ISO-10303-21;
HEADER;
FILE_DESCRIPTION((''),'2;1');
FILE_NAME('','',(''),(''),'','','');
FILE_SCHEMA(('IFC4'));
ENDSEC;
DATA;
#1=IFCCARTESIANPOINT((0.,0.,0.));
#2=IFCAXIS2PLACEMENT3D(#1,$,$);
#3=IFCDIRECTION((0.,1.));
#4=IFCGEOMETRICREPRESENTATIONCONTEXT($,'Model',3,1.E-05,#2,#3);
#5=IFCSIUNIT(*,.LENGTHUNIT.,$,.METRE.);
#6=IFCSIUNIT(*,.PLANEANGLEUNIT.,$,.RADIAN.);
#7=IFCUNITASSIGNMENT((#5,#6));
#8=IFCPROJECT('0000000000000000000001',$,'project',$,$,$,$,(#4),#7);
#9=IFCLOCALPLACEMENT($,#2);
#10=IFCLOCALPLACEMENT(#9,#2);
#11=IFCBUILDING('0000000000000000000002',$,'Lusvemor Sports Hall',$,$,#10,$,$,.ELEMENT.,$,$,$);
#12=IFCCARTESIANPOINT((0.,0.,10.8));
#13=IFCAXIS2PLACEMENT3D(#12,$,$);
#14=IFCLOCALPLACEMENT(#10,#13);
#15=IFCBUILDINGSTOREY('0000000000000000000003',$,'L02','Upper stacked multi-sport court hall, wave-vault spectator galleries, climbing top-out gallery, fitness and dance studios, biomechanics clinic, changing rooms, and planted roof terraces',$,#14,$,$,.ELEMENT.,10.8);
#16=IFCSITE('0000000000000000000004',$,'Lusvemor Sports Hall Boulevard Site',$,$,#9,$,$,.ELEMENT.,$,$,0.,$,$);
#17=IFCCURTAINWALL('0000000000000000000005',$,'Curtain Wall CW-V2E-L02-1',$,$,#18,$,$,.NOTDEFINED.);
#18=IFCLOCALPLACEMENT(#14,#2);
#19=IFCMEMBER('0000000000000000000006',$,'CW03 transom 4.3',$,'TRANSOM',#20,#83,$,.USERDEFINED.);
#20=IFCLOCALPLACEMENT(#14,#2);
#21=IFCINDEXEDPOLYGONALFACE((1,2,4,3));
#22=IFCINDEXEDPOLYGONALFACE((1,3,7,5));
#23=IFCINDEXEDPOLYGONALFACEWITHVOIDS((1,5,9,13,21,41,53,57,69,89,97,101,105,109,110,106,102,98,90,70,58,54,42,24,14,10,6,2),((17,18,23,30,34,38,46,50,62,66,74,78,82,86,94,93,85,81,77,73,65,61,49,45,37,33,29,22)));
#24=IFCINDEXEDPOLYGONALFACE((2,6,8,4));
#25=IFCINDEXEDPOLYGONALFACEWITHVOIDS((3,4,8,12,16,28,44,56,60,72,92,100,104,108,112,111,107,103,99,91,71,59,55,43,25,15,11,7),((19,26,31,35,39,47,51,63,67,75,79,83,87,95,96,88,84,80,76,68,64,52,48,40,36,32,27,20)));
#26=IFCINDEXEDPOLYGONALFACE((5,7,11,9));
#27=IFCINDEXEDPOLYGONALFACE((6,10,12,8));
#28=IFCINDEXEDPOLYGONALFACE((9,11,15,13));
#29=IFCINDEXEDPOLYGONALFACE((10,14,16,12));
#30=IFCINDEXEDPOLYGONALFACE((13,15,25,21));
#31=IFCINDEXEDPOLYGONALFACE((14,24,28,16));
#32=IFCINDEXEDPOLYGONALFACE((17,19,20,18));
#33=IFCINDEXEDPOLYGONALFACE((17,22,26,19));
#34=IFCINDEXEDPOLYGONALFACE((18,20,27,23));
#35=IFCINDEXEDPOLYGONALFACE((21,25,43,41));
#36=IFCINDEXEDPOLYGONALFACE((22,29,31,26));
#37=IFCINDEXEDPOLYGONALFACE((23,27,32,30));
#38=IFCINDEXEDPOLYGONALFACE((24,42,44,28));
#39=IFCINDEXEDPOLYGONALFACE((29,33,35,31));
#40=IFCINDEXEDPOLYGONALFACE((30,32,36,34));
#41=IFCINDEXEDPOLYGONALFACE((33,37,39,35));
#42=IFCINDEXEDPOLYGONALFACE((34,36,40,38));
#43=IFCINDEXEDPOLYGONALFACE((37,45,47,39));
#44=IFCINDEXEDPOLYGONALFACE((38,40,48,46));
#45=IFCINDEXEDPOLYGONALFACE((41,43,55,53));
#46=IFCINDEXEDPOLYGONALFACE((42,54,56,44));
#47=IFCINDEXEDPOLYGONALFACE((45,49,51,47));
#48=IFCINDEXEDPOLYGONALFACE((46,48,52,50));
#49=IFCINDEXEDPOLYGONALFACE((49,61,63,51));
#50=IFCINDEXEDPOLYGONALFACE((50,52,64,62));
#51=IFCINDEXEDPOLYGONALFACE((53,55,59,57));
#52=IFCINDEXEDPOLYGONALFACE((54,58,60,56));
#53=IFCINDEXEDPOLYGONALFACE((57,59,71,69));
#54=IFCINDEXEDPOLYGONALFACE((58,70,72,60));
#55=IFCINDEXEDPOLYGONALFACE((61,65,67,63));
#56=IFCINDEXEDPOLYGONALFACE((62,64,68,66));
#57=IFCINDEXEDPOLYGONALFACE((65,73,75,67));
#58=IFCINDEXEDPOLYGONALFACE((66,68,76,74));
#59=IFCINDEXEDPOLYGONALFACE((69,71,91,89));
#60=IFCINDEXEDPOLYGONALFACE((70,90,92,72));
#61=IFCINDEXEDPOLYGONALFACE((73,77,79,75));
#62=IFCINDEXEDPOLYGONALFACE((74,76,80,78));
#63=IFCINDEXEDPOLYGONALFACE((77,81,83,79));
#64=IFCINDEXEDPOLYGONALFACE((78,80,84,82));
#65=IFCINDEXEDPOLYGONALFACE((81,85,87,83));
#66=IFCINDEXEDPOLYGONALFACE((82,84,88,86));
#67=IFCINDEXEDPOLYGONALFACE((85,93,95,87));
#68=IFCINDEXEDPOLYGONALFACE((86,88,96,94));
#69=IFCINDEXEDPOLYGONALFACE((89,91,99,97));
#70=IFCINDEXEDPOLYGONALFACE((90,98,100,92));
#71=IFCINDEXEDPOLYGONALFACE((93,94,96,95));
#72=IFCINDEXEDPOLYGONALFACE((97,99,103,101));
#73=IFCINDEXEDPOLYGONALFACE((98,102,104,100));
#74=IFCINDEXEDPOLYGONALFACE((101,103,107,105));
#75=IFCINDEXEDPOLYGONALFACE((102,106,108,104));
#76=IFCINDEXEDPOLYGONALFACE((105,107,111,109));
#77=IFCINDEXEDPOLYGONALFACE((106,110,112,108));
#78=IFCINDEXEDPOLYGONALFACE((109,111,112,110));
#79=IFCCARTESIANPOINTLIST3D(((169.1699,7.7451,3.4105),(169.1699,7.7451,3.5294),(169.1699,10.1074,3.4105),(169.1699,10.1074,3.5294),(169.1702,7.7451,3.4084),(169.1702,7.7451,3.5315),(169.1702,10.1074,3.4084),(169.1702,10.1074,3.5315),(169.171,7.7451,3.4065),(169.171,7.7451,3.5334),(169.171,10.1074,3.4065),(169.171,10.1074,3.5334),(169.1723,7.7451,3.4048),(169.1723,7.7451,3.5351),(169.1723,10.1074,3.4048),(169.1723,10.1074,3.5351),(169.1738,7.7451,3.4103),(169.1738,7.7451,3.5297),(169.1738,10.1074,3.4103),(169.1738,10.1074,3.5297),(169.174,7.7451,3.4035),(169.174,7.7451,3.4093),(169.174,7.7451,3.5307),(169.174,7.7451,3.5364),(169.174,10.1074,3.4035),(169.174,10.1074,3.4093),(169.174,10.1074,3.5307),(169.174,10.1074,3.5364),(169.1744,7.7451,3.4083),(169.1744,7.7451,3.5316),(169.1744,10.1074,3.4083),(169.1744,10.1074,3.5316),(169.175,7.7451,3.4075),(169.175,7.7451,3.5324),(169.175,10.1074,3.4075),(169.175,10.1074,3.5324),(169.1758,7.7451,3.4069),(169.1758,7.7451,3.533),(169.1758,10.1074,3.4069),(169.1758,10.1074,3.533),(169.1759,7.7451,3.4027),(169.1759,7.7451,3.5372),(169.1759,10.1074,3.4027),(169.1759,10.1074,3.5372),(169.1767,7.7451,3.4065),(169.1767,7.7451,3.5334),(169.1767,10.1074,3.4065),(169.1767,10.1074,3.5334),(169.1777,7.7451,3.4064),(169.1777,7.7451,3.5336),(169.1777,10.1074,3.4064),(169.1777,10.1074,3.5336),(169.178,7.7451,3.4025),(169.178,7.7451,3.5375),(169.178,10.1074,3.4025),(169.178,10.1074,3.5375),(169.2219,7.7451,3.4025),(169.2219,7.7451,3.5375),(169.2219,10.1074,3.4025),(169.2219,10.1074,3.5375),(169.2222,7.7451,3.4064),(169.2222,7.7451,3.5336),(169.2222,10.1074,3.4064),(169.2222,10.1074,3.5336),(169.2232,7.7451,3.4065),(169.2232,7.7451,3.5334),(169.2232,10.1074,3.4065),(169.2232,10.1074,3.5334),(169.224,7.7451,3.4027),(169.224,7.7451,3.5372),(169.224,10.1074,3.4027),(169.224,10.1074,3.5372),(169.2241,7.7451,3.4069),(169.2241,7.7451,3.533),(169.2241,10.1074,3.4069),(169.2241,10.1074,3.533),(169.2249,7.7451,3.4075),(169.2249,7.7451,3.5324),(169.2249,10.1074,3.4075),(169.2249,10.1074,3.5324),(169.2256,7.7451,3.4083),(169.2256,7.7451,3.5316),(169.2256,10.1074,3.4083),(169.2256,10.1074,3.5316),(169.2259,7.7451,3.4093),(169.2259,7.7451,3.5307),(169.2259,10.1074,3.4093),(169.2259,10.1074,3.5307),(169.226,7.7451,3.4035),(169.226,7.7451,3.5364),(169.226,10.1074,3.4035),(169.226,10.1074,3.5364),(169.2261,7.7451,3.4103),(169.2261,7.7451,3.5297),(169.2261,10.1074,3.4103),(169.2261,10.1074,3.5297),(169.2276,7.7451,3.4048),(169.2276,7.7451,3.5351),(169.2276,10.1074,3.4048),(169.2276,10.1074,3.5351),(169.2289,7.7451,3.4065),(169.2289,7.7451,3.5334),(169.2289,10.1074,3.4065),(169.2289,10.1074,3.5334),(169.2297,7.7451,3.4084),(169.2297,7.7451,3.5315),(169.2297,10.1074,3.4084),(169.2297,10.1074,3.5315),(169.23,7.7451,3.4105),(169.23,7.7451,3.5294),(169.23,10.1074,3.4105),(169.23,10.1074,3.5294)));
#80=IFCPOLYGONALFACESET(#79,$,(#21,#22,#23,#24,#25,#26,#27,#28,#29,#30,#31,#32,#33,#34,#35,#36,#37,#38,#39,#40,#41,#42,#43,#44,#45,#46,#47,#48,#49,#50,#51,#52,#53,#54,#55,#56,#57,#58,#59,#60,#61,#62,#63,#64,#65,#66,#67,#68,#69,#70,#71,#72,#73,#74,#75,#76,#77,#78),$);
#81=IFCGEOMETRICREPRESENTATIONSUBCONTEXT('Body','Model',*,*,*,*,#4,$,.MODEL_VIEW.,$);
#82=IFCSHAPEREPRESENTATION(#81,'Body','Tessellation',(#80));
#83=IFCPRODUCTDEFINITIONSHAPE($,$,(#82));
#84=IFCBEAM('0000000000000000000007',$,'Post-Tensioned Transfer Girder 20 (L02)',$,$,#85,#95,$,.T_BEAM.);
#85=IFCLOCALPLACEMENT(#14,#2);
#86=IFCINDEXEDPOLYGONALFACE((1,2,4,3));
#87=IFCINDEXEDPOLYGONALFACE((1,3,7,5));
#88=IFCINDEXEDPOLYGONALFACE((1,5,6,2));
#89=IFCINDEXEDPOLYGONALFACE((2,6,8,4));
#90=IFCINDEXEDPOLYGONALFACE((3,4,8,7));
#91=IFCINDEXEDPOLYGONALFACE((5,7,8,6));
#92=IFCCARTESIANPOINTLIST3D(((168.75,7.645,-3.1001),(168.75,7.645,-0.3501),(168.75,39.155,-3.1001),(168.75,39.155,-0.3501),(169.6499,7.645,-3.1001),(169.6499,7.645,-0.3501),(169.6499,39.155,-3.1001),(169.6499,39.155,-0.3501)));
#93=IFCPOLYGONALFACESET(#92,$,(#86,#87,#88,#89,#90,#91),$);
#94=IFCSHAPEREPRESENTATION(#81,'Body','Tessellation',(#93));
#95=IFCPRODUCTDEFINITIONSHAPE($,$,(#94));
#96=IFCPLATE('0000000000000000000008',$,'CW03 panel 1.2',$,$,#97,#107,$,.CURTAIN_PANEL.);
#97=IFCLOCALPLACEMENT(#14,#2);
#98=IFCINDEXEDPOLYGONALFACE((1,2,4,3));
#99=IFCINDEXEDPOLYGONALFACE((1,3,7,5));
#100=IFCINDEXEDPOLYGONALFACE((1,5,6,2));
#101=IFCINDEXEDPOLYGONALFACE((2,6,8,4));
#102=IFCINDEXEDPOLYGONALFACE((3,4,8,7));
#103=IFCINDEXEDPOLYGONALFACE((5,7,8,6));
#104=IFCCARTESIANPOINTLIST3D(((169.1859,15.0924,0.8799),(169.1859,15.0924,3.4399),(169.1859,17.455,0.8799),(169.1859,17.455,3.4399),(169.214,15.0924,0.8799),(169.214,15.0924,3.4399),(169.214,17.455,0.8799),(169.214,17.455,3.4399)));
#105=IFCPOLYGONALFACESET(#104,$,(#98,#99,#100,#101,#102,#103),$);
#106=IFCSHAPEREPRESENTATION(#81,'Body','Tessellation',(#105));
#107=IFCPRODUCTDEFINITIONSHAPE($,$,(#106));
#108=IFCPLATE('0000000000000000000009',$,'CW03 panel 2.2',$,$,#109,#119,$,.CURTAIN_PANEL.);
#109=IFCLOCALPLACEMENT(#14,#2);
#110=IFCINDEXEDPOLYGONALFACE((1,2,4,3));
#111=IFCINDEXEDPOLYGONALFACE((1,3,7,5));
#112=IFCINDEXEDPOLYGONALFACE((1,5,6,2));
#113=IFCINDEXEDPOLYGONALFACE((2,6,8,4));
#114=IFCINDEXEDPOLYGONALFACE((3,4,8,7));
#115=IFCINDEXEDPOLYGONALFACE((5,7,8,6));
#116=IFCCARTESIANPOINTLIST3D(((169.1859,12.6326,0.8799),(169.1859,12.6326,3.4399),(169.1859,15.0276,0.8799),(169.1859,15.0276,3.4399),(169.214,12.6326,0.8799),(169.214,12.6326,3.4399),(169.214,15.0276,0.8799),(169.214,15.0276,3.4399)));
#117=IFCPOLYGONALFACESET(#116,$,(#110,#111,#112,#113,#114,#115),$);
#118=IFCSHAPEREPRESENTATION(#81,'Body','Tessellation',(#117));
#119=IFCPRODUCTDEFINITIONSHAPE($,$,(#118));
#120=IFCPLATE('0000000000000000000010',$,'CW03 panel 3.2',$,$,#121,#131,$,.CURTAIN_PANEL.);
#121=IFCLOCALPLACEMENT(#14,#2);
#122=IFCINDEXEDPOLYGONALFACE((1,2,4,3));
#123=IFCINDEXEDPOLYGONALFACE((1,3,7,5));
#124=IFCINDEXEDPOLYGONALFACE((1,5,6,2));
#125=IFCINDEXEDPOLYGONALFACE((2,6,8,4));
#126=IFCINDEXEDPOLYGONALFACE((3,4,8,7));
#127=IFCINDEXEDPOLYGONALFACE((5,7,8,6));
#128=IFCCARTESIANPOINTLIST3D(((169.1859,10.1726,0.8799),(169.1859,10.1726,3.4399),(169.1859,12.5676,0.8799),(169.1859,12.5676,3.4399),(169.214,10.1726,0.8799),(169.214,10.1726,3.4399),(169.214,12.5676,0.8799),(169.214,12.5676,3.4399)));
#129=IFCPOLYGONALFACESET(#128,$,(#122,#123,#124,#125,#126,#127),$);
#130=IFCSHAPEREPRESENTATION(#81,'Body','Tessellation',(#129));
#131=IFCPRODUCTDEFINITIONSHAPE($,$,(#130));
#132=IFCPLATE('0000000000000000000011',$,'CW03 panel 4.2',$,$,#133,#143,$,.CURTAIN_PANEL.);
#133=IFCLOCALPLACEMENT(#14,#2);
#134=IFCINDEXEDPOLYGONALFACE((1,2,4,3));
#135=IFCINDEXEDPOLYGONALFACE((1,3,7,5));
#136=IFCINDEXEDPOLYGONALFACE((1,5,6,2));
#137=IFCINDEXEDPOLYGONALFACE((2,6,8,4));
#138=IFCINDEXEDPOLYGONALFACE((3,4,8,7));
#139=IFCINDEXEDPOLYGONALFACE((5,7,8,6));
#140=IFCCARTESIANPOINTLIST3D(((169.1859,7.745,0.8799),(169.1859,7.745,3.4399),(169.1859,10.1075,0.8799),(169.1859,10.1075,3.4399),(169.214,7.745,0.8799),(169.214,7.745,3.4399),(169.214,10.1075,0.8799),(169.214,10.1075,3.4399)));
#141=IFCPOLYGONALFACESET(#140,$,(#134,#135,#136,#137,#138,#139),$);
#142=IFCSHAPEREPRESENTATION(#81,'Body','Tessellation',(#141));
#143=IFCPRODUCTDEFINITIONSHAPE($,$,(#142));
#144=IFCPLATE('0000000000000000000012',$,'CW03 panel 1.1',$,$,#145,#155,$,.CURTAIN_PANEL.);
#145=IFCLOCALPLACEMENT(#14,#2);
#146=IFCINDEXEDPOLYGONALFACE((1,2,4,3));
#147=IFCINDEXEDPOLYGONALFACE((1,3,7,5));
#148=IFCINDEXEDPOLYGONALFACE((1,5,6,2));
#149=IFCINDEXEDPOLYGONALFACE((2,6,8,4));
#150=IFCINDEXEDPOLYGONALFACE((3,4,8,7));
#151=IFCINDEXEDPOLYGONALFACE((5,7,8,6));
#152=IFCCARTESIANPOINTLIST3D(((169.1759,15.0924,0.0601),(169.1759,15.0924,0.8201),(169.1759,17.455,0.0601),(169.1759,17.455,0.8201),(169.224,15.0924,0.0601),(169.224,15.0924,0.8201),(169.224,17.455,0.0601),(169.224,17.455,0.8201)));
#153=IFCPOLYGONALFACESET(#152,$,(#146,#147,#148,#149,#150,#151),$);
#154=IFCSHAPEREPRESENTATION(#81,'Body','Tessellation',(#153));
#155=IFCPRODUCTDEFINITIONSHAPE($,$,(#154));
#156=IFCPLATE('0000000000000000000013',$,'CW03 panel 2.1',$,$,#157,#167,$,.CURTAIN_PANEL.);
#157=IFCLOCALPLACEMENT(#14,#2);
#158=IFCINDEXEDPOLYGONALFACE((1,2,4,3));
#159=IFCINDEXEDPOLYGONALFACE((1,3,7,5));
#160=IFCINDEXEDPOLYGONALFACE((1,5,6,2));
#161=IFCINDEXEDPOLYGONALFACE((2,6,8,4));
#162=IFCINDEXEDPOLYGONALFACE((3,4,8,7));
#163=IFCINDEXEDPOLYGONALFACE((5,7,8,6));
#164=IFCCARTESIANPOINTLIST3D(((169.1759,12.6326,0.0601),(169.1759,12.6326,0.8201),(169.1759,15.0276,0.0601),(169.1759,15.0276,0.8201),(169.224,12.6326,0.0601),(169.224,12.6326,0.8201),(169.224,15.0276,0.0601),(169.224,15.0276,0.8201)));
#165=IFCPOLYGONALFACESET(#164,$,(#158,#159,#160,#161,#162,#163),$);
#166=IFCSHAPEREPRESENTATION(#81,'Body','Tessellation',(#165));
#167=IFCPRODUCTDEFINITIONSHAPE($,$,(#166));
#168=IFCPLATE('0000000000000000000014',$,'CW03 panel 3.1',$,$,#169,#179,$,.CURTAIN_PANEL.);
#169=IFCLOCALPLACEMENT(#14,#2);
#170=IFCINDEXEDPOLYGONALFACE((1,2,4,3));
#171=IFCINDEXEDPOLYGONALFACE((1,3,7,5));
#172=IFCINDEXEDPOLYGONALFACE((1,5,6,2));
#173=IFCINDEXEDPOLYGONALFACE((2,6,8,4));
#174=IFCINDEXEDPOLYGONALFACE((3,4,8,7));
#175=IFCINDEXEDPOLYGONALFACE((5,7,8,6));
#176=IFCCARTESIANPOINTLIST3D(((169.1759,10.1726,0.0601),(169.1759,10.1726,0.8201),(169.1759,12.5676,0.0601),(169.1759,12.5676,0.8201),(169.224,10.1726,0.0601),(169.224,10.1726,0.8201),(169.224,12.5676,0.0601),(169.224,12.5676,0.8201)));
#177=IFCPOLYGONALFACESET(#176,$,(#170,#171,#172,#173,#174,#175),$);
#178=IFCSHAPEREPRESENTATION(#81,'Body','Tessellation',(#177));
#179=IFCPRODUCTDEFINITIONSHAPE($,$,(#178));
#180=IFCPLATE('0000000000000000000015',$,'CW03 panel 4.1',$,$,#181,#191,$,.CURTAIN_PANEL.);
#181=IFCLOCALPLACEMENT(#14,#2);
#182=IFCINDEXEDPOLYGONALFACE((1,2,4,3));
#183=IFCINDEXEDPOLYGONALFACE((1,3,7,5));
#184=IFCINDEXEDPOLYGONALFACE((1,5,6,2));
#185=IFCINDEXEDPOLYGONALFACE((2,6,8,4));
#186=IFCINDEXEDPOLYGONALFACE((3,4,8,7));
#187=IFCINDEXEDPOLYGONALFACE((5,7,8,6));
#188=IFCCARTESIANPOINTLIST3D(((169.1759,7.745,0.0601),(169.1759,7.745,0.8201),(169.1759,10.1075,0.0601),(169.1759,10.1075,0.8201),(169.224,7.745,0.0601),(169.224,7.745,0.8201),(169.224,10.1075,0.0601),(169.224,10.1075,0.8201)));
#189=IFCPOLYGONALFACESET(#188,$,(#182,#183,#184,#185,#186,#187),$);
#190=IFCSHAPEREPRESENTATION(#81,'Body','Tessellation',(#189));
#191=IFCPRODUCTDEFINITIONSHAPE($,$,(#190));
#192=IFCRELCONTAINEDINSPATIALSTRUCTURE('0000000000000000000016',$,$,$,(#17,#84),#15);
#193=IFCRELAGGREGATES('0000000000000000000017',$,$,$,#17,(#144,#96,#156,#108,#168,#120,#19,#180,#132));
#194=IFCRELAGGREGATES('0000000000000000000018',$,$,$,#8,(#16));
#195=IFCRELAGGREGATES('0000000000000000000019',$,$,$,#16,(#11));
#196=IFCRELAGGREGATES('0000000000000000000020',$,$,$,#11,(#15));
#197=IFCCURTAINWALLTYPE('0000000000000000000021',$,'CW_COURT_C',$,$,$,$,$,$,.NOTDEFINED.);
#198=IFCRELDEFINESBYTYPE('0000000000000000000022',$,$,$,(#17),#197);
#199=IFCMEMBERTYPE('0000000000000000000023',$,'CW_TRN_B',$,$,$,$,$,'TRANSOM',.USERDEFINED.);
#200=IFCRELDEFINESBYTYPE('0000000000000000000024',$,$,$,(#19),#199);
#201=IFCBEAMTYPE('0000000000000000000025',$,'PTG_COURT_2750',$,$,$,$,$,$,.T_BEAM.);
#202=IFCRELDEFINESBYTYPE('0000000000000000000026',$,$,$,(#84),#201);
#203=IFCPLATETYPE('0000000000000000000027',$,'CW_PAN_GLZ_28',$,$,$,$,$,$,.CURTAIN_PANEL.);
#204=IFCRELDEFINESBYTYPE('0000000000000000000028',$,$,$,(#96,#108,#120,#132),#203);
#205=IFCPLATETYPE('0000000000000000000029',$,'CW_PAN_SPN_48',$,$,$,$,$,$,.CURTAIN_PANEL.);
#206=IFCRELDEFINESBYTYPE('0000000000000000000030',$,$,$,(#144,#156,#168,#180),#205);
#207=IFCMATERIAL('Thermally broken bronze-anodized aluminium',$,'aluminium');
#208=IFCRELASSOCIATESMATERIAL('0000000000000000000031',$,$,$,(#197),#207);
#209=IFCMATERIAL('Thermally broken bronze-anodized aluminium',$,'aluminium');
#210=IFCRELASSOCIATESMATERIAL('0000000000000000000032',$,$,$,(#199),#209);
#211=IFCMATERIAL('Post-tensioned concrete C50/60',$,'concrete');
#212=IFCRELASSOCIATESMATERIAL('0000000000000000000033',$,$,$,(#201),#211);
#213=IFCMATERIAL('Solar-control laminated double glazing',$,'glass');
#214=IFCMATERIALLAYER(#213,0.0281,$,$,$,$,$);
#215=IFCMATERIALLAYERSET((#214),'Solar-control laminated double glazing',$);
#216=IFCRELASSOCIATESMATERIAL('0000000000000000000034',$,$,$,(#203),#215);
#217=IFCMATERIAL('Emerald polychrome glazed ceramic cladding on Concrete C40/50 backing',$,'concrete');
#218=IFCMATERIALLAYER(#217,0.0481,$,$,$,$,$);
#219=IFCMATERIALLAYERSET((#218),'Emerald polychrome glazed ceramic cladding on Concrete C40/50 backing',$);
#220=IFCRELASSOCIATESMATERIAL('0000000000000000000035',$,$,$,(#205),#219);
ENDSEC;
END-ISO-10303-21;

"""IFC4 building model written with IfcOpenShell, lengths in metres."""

from ifc_helpers import new_model, si_unit, direction, frame, origin, origin_2d, place, context, subcontext, project, spatial, rectangle, hollow_rectangle, extrude, material, layer, layer_set, material_profile, profile_set, type_object, element, aggregate, save


model = new_model("IFC4")

# Units and contexts
model_context = context("Model", 3, precision=1e-05, world=origin(), true_north=direction((0.0, 1.0)))
body_context = subcontext(model_context, "Body", "Model", "MODEL_VIEW")
ifc_project = project(units=[si_unit("LENGTHUNIT", "METRE"), si_unit("PLANEANGLEUNIT", "RADIAN")], contexts=[model_context])

# Site, building, storey
site_placement = place(None, origin())
site = spatial("IfcSite", under=ifc_project, at=site_placement, Name="Lusvemor Sports Hall Boulevard Site", CompositionType="ELEMENT", RefElevation=0.0)
building_placement = place(site_placement, origin())
building = spatial("IfcBuilding", under=site, at=building_placement, Name="Lusvemor Sports Hall", CompositionType="ELEMENT")
storey_placement = place(building_placement, frame((0.0, 0.0, 10.8)))
storey = spatial("IfcBuildingStorey", under=building, at=storey_placement, Name="L02", Description="Upper stacked multi-sport court hall, wave-vault spectator galleries, climbing top-out gallery, fitness and dance studios, biomechanics clinic, changing rooms, and planted roof terraces", CompositionType="ELEMENT", Elevation=10.8)

# Curtain wall, member
ifc_material_1 = material(Name="Thermally broken bronze-anodized aluminium", Category="aluminium")
curtain_wall_type = type_object("IfcCurtainWallType", Name="CW_COURT_C", PredefinedType="NOTDEFINED", material=ifc_material_1)
curtain_wall_placement = place(storey_placement, origin())
curtain_wall = element("IfcCurtainWall", 1, at=curtain_wall_placement, inside=storey, type_object=curtain_wall_type, Name="Curtain Wall CW-V2E-L02-1", PredefinedType="NOTDEFINED")
ifc_material_2 = material(Name="Thermally broken bronze-anodized aluminium", Category="aluminium")
ifc_material_profile_1 = material_profile(ifc_material_2, hollow_rectangle(XDim=0.0601, YDim=0.135, WallThickness=0.0039, InnerFilletRadius=0.0039, OuterFilletRadius=0.0081, at=origin_2d()), Name="CWTRN135x60x4")
ifc_profile_set_1 = profile_set([ifc_material_profile_1], Name="Thermally broken bronze-anodized aluminium")
member_type_1 = type_object("IfcMemberType", Name="CW_TRN_B", ElementType="TRANSOM", PredefinedType="USERDEFINED", material=ifc_profile_set_1)
member_1_placement = place(storey_placement, frame((169.2, 10.1074, 3.47), z_axis=(0.0, -1.0, 0.0), x_axis=(1.0, 0.0, 0.0)))
member_1 = element("IfcMember", 2, at=member_1_placement, type_object=member_type_1, Name="CW03 transom 4.3", ObjectType="TRANSOM", PredefinedType="USERDEFINED", context=body_context, shape_type="SweptSolid", body=[
    extrude(hollow_rectangle(XDim=0.0601, YDim=0.135, WallThickness=0.0039, InnerFilletRadius=0.0039, OuterFilletRadius=0.0081, at=origin_2d()), origin(), (0.0, 0.0, 1.0), 2.3623),
])

# Beam
ifc_material_3 = material(Name="Post-tensioned concrete C50/60", Category="concrete")
ifc_material_profile_2 = material_profile(ifc_material_3, rectangle(XDim=0.8999, YDim=2.75, at=origin_2d()), Name="PT900x2750")
ifc_profile_set_2 = profile_set([ifc_material_profile_2], Name="Post-tensioned concrete C50/60")
beam_type = type_object("IfcBeamType", Name="PTG_COURT_2750", PredefinedType="T_BEAM", material=ifc_profile_set_2)
beam_placement = place(storey_placement, frame((169.2, 7.645, -1.7251), z_axis=(0.0, 1.0, 0.0), x_axis=(-1.0, 0.0, 0.0)))
element("IfcBeam", 3, at=beam_placement, inside=storey, type_object=beam_type, Name="Post-Tensioned Transfer Girder 20 (L02)", PredefinedType="T_BEAM", context=body_context, shape_type="SweptSolid", body=[
    extrude(rectangle(XDim=0.8999, YDim=2.75, at=origin_2d()), origin(), (0.0, 0.0, 1.0), 31.51),
])

# Plates
ifc_material_4 = material(Name="Solar-control laminated double glazing", Category="glass")
ifc_layer_1 = layer(ifc_material_4, 0.0281)
ifc_layer_set_1 = layer_set([ifc_layer_1], Name="Solar-control laminated double glazing")
plate_type_1 = type_object("IfcPlateType", Name="CW_PAN_GLZ_28", PredefinedType="CURTAIN_PANEL", material=ifc_layer_set_1)
plate_1_placement = place(storey_placement, frame((169.2, 16.2737, 0.8799), z_axis=(0.0, 0.0, 1.0), x_axis=(0.0, -1.0, 0.0)))
plate_1 = element("IfcPlate", 4, at=plate_1_placement, type_object=plate_type_1, Name="CW03 panel 1.2", PredefinedType="CURTAIN_PANEL", context=body_context, shape_type="SweptSolid", body=[
    extrude(rectangle(XDim=2.3625, YDim=0.0281, at=origin_2d()), origin(), (0.0, 0.0, 1.0), 2.5601),
])
plate_2_placement = place(storey_placement, frame((169.2, 13.8301, 0.8799), z_axis=(0.0, 0.0, 1.0), x_axis=(0.0, -1.0, 0.0)))
plate_2 = element("IfcPlate", 5, at=plate_2_placement, type_object=plate_type_1, Name="CW03 panel 2.2", PredefinedType="CURTAIN_PANEL", context=body_context, shape_type="SweptSolid", body=[
    extrude(rectangle(XDim=2.395, YDim=0.0281, at=origin_2d()), origin(), (0.0, 0.0, 1.0), 2.5601),
])
plate_3_placement = place(storey_placement, frame((169.2, 11.3701, 0.8799), z_axis=(0.0, 0.0, 1.0), x_axis=(0.0, -1.0, 0.0)))
plate_3 = element("IfcPlate", 6, at=plate_3_placement, type_object=plate_type_1, Name="CW03 panel 3.2", PredefinedType="CURTAIN_PANEL", context=body_context, shape_type="SweptSolid", body=[
    extrude(rectangle(XDim=2.395, YDim=0.0281, at=origin_2d()), origin(), (0.0, 0.0, 1.0), 2.5601),
])
plate_4_placement = place(storey_placement, frame((169.2, 8.9263, 0.8799), z_axis=(0.0, 0.0, 1.0), x_axis=(0.0, -1.0, 0.0)))
plate_4 = element("IfcPlate", 7, at=plate_4_placement, type_object=plate_type_1, Name="CW03 panel 4.2", PredefinedType="CURTAIN_PANEL", context=body_context, shape_type="SweptSolid", body=[
    extrude(rectangle(XDim=2.3625, YDim=0.0281, at=origin_2d()), origin(), (0.0, 0.0, 1.0), 2.5601),
])
ifc_material_5 = material(Name="Emerald polychrome glazed ceramic cladding on Concrete C40/50 backing", Category="concrete")
ifc_layer_2 = layer(ifc_material_5, 0.0481)
ifc_layer_set_2 = layer_set([ifc_layer_2], Name="Emerald polychrome glazed ceramic cladding on Concrete C40/50 backing")
plate_type_2 = type_object("IfcPlateType", Name="CW_PAN_SPN_48", PredefinedType="CURTAIN_PANEL", material=ifc_layer_set_2)
plate_5_placement = place(storey_placement, frame((169.2, 16.2737, 0.0601), z_axis=(0.0, 0.0, 1.0), x_axis=(0.0, -1.0, 0.0)))
plate_5 = element("IfcPlate", 8, at=plate_5_placement, type_object=plate_type_2, Name="CW03 panel 1.1", PredefinedType="CURTAIN_PANEL", context=body_context, shape_type="SweptSolid", body=[
    extrude(rectangle(XDim=2.3625, YDim=0.0481, at=origin_2d()), origin(), (0.0, 0.0, 1.0), 0.76),
])
plate_6_placement = place(storey_placement, frame((169.2, 13.8301, 0.0601), z_axis=(0.0, 0.0, 1.0), x_axis=(0.0, -1.0, 0.0)))
plate_6 = element("IfcPlate", 9, at=plate_6_placement, type_object=plate_type_2, Name="CW03 panel 2.1", PredefinedType="CURTAIN_PANEL", context=body_context, shape_type="SweptSolid", body=[
    extrude(rectangle(XDim=2.395, YDim=0.0481, at=origin_2d()), origin(), (0.0, 0.0, 1.0), 0.76),
])
plate_7_placement = place(storey_placement, frame((169.2, 11.3701, 0.0601), z_axis=(0.0, 0.0, 1.0), x_axis=(0.0, -1.0, 0.0)))
plate_7 = element("IfcPlate", 10, at=plate_7_placement, type_object=plate_type_2, Name="CW03 panel 3.1", PredefinedType="CURTAIN_PANEL", context=body_context, shape_type="SweptSolid", body=[
    extrude(rectangle(XDim=2.395, YDim=0.0481, at=origin_2d()), origin(), (0.0, 0.0, 1.0), 0.76),
])
plate_8_placement = place(storey_placement, frame((169.2, 8.9263, 0.0601), z_axis=(0.0, 0.0, 1.0), x_axis=(0.0, -1.0, 0.0)))
plate_8 = element("IfcPlate", 11, at=plate_8_placement, type_object=plate_type_2, Name="CW03 panel 4.1", PredefinedType="CURTAIN_PANEL", context=body_context, shape_type="SweptSolid", body=[
    extrude(rectangle(XDim=2.3625, YDim=0.0481, at=origin_2d()), origin(), (0.0, 0.0, 1.0), 0.76),
])
aggregate(curtain_wall, [plate_5, plate_1, plate_6, plate_2, plate_7, plate_3, member_1, plate_8, plate_4])

save(model, "model.ifc")
